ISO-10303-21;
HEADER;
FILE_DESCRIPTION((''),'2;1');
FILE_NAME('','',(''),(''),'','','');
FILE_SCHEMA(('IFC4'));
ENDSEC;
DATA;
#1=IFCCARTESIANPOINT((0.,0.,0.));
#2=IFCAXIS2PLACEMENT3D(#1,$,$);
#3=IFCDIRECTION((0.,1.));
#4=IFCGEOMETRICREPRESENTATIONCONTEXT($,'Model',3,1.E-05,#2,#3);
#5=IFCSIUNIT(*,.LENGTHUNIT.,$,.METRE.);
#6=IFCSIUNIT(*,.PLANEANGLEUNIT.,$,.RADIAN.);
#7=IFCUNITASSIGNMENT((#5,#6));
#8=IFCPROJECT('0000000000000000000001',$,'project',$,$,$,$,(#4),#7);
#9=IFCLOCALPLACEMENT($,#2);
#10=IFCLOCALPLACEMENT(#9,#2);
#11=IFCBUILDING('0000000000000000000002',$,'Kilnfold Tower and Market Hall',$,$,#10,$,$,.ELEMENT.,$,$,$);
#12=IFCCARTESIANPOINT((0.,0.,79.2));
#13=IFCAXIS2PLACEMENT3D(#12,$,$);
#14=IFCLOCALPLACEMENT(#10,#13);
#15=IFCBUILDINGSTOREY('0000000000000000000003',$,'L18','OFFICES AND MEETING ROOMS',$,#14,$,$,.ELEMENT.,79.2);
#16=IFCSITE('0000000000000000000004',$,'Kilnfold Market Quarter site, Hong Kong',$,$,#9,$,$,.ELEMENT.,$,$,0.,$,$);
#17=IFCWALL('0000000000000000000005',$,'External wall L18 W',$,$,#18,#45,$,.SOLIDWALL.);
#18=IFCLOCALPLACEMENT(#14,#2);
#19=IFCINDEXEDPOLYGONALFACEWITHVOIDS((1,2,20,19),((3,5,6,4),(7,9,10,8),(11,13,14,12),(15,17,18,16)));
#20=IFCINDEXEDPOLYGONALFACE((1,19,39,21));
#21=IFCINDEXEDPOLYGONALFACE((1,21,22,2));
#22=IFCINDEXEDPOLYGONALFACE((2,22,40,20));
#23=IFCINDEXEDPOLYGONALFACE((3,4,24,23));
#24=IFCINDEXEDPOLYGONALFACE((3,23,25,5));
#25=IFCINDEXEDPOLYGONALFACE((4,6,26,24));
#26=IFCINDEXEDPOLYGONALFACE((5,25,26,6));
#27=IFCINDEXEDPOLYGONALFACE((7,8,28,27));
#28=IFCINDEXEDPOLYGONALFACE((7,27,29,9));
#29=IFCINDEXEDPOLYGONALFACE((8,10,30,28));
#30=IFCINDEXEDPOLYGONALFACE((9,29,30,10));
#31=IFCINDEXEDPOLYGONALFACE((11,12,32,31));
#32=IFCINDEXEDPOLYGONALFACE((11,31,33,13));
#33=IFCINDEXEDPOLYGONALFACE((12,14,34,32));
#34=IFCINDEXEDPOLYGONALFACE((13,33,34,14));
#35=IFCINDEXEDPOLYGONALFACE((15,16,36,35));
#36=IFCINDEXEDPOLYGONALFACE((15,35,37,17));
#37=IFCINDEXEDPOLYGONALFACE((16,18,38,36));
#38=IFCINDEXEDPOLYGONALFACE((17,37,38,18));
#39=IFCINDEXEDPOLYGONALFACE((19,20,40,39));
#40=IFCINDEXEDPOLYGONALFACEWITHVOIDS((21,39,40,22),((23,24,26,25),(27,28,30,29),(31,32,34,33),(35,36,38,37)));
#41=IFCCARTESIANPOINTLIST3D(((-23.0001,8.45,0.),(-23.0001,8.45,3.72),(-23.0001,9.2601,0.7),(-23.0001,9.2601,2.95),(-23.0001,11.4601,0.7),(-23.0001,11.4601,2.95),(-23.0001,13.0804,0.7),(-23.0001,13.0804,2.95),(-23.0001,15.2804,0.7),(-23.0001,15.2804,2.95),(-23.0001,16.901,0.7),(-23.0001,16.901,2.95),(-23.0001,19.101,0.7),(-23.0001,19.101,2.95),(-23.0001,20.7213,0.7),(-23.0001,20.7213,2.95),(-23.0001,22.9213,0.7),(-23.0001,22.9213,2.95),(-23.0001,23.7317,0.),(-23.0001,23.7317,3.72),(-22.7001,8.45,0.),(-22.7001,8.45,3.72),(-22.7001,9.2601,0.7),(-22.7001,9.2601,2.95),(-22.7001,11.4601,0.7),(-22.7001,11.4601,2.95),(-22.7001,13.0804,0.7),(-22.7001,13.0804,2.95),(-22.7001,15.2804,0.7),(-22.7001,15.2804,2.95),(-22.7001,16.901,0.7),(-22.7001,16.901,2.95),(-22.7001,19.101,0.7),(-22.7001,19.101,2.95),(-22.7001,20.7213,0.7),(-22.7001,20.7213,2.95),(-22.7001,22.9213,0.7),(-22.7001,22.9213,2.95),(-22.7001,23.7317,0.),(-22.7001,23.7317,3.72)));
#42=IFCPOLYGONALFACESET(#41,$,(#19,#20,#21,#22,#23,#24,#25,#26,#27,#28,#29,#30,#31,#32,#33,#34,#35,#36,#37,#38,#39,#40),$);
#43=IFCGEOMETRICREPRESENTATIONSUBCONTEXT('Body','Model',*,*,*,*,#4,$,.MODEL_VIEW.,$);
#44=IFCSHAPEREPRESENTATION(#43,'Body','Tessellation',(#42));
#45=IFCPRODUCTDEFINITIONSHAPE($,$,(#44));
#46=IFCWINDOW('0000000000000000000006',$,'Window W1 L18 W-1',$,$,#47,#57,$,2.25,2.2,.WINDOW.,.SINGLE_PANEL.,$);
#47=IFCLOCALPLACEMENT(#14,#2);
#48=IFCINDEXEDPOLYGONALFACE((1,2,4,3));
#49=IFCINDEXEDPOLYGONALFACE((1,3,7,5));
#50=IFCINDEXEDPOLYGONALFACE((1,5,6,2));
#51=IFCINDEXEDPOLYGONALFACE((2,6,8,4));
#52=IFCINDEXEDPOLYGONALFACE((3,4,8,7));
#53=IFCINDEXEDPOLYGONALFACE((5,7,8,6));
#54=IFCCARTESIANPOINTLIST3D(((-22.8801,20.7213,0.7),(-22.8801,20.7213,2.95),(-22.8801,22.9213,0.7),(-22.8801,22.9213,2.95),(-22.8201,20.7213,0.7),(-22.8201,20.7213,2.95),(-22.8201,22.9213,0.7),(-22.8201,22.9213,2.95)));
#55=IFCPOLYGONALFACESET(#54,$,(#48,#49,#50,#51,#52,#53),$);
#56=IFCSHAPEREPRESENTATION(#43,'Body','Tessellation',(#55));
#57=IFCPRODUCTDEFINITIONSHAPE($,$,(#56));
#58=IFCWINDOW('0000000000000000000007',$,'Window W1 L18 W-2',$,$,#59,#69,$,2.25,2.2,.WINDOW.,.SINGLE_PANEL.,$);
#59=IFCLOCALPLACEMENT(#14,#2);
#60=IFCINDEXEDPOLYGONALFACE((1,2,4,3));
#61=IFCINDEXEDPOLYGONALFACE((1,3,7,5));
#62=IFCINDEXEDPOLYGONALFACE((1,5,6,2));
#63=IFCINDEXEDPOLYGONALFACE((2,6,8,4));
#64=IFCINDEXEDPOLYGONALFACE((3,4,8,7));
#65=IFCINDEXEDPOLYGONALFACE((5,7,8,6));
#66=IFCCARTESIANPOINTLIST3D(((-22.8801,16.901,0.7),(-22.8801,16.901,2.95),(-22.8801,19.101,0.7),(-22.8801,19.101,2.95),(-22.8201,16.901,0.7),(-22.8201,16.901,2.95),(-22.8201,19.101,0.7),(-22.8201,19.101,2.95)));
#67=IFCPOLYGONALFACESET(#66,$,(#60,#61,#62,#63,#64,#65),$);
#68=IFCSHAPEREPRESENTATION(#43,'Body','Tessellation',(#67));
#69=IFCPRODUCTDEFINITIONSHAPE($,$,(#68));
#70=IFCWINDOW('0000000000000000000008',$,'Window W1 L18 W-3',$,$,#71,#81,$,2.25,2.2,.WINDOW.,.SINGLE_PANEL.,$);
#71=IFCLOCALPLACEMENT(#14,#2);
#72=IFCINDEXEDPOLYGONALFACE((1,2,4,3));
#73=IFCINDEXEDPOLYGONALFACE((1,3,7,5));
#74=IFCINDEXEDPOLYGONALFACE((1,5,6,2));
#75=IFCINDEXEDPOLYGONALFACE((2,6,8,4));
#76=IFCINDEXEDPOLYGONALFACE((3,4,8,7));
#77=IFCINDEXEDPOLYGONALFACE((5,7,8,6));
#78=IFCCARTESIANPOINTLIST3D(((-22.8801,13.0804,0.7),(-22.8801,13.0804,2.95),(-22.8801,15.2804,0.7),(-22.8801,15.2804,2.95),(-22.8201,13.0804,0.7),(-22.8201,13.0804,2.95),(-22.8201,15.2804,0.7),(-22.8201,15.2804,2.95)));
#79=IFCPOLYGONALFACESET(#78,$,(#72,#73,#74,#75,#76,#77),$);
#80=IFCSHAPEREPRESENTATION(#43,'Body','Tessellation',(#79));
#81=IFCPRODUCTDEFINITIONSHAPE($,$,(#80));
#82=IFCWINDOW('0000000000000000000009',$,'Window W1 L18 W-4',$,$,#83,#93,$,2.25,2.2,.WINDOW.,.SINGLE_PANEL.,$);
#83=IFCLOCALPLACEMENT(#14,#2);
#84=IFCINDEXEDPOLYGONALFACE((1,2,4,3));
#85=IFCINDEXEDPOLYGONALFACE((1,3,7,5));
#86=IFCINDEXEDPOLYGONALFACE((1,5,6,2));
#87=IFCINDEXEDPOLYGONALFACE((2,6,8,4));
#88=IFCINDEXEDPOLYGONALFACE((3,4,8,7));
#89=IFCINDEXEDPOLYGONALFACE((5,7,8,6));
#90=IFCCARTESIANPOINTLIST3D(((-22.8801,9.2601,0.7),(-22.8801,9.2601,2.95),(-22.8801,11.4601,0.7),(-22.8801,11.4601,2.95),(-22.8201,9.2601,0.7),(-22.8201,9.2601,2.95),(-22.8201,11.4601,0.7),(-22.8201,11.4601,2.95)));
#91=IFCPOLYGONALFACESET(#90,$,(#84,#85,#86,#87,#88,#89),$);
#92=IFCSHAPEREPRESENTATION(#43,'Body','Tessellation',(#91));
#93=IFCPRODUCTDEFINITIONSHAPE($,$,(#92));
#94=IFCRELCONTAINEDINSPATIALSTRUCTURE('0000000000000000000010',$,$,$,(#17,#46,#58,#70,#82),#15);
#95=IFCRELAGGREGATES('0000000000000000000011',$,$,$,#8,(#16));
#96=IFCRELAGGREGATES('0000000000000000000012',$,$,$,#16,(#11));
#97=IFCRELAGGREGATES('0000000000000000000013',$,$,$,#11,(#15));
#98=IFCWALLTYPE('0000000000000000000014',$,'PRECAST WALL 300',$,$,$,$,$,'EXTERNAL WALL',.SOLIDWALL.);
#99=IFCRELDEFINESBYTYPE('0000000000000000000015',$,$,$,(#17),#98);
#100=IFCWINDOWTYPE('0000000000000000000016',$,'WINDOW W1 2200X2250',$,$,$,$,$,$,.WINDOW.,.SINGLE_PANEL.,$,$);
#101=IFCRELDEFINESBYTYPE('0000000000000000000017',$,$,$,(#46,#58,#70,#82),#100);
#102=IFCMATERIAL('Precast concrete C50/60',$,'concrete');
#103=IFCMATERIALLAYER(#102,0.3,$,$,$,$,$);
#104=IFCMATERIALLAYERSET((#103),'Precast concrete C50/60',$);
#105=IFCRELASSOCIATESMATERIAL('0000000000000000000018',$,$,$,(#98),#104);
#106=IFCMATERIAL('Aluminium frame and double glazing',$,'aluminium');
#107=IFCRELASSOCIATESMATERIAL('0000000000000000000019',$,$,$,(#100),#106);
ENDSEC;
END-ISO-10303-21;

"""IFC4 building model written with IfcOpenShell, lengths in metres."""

from ifc_helpers import new_model, si_unit, direction, frame, frame_2d, origin, place, context, subcontext, project, spatial, rectangle, extrude, source, transform, mapped, material, layer, layer_set, type_object, element, fill, save


model = new_model("IFC4")

# Units and contexts
model_context = context("Model", 3, precision=1e-05, world=origin(), true_north=direction((0.0, 1.0)))
body_context = subcontext(model_context, "Body", "Model", "MODEL_VIEW")
ifc_project = project(units=[si_unit("LENGTHUNIT", "METRE"), si_unit("PLANEANGLEUNIT", "RADIAN")], contexts=[model_context])

# Site, building, storey
site_placement = place(None, origin())
site = spatial("IfcSite", under=ifc_project, at=site_placement, Name="Kilnfold Market Quarter site, Hong Kong", CompositionType="ELEMENT", RefElevation=0.0)
building_placement = place(site_placement, origin())
building = spatial("IfcBuilding", under=site, at=building_placement, Name="Kilnfold Tower and Market Hall", CompositionType="ELEMENT")
storey_placement = place(building_placement, frame((0.0, 0.0, 79.2)))
storey = spatial("IfcBuildingStorey", under=building, at=storey_placement, Name="L18", Description="OFFICES AND MEETING ROOMS", CompositionType="ELEMENT", Elevation=79.2)

# Shared definitions
ifc_material_1 = material(Name="Precast concrete C50/60", Category="concrete")
ifc_layer_1 = layer(ifc_material_1, 0.3)
ifc_layer_set_1 = layer_set([ifc_layer_1], Name="Precast concrete C50/60")
wall_type_1 = type_object("IfcWallType", Name="PRECAST WALL 300", ElementType="EXTERNAL WALL", PredefinedType="SOLIDWALL", material=ifc_layer_set_1)
ifc_material_2 = material(Name="Aluminium frame and double glazing", Category="aluminium")
window_type = type_object("IfcWindowType", Name="WINDOW W1 2200X2250", PartitioningType="SINGLE_PANEL", PredefinedType="WINDOW", material=ifc_material_2)

# Wall, openings, windows
shared_shape_1 = source(origin(), body_context, "Body", "SweptSolid", [
    extrude(rectangle(XDim=15.2817, YDim=0.3, at=frame_2d((7.6409, 0.0))), origin(), (0.0, 0.0, 1.0), 3.72),
])
wall_1_placement = place(storey_placement, frame((-22.8501, 23.7317, 0.0), z_axis=(0.0, 0.0, 1.0), x_axis=(0.0, -1.0, 0.0)))
wall_1 = element("IfcWall", 1, at=wall_1_placement, inside=storey, type_object=wall_type_1, Name="External wall L18 W", PredefinedType="SOLIDWALL", context=body_context, shape_type="MappedRepresentation", body=[
    mapped(shared_shape_1, transform((0.0, 0.0, 0.0))),
])
opening_1_placement = place(wall_1_placement, frame((0.8103, 0.0, 0.7)))
opening_1 = element("IfcOpeningElement", 2, at=opening_1_placement, cuts=wall_1, PredefinedType="OPENING", context=body_context, shape_type="SweptSolid", body=[
    extrude(rectangle(XDim=2.2, YDim=2.25, at=frame_2d((1.1001, 1.125))), frame((0.0, 0.1602, 0.0), z_axis=(0.0, -1.0, 0.0), x_axis=(1.0, 0.0, 0.0)), (0.0, 0.0, 1.0), 0.3201),
])
opening_2_placement = place(wall_1_placement, frame((4.6306, 0.0, 0.7)))
opening_2 = element("IfcOpeningElement", 3, at=opening_2_placement, cuts=wall_1, PredefinedType="OPENING", context=body_context, shape_type="SweptSolid", body=[
    extrude(rectangle(XDim=2.2, YDim=2.25, at=frame_2d((1.1001, 1.125))), frame((0.0, 0.1602, 0.0), z_axis=(0.0, -1.0, 0.0), x_axis=(1.0, 0.0, 0.0)), (0.0, 0.0, 1.0), 0.3201),
])
opening_3_placement = place(wall_1_placement, frame((8.4512, 0.0, 0.7)))
opening_3 = element("IfcOpeningElement", 4, at=opening_3_placement, cuts=wall_1, PredefinedType="OPENING", context=body_context, shape_type="SweptSolid", body=[
    extrude(rectangle(XDim=2.2, YDim=2.25, at=frame_2d((1.1001, 1.125))), frame((0.0, 0.1602, 0.0), z_axis=(0.0, -1.0, 0.0), x_axis=(1.0, 0.0, 0.0)), (0.0, 0.0, 1.0), 0.3201),
])
opening_4_placement = place(wall_1_placement, frame((12.2715, 0.0, 0.7)))
opening_4 = element("IfcOpeningElement", 5, at=opening_4_placement, cuts=wall_1, PredefinedType="OPENING", context=body_context, shape_type="SweptSolid", body=[
    extrude(rectangle(XDim=2.2, YDim=2.25, at=frame_2d((1.1001, 1.125))), frame((0.0, 0.1602, 0.0), z_axis=(0.0, -1.0, 0.0), x_axis=(1.0, 0.0, 0.0)), (0.0, 0.0, 1.0), 0.3201),
])
window_1_placement = place(opening_1_placement, origin())
window_1 = element("IfcWindow", 6, at=window_1_placement, inside=storey, type_object=window_type, Name="Window W1 L18 W-1", OverallHeight=2.25, OverallWidth=2.2, PartitioningType="SINGLE_PANEL", PredefinedType="WINDOW", context=body_context, shape_type="SweptSolid", body=[
    extrude(rectangle(XDim=2.2, YDim=2.25, at=frame_2d((1.1001, 1.125))), frame((0.0, 0.03, 0.0), z_axis=(0.0, -1.0, 0.0), x_axis=(1.0, 0.0, 0.0)), (0.0, 0.0, 1.0), 0.0601),
])
fill(opening_1, window_1)
window_2_placement = place(opening_2_placement, origin())
window_2 = element("IfcWindow", 7, at=window_2_placement, inside=storey, type_object=window_type, Name="Window W1 L18 W-2", OverallHeight=2.25, OverallWidth=2.2, PartitioningType="SINGLE_PANEL", PredefinedType="WINDOW", context=body_context, shape_type="SweptSolid", body=[
    extrude(rectangle(XDim=2.2, YDim=2.25, at=frame_2d((1.1001, 1.125))), frame((0.0, 0.03, 0.0), z_axis=(0.0, -1.0, 0.0), x_axis=(1.0, 0.0, 0.0)), (0.0, 0.0, 1.0), 0.0601),
])
fill(opening_2, window_2)
window_3_placement = place(opening_3_placement, origin())
window_3 = element("IfcWindow", 8, at=window_3_placement, inside=storey, type_object=window_type, Name="Window W1 L18 W-3", OverallHeight=2.25, OverallWidth=2.2, PartitioningType="SINGLE_PANEL", PredefinedType="WINDOW", context=body_context, shape_type="SweptSolid", body=[
    extrude(rectangle(XDim=2.2, YDim=2.25, at=frame_2d((1.1001, 1.125))), frame((0.0, 0.03, 0.0), z_axis=(0.0, -1.0, 0.0), x_axis=(1.0, 0.0, 0.0)), (0.0, 0.0, 1.0), 0.0601),
])
fill(opening_3, window_3)
window_4_placement = place(opening_4_placement, origin())
window_4 = element("IfcWindow", 9, at=window_4_placement, inside=storey, type_object=window_type, Name="Window W1 L18 W-4", OverallHeight=2.25, OverallWidth=2.2, PartitioningType="SINGLE_PANEL", PredefinedType="WINDOW", context=body_context, shape_type="SweptSolid", body=[
    extrude(rectangle(XDim=2.2, YDim=2.25, at=frame_2d((1.1001, 1.125))), frame((0.0, 0.03, 0.0), z_axis=(0.0, -1.0, 0.0), x_axis=(1.0, 0.0, 0.0)), (0.0, 0.0, 1.0), 0.0601),
])
fill(opening_4, window_4)

save(model, "model.ifc")
